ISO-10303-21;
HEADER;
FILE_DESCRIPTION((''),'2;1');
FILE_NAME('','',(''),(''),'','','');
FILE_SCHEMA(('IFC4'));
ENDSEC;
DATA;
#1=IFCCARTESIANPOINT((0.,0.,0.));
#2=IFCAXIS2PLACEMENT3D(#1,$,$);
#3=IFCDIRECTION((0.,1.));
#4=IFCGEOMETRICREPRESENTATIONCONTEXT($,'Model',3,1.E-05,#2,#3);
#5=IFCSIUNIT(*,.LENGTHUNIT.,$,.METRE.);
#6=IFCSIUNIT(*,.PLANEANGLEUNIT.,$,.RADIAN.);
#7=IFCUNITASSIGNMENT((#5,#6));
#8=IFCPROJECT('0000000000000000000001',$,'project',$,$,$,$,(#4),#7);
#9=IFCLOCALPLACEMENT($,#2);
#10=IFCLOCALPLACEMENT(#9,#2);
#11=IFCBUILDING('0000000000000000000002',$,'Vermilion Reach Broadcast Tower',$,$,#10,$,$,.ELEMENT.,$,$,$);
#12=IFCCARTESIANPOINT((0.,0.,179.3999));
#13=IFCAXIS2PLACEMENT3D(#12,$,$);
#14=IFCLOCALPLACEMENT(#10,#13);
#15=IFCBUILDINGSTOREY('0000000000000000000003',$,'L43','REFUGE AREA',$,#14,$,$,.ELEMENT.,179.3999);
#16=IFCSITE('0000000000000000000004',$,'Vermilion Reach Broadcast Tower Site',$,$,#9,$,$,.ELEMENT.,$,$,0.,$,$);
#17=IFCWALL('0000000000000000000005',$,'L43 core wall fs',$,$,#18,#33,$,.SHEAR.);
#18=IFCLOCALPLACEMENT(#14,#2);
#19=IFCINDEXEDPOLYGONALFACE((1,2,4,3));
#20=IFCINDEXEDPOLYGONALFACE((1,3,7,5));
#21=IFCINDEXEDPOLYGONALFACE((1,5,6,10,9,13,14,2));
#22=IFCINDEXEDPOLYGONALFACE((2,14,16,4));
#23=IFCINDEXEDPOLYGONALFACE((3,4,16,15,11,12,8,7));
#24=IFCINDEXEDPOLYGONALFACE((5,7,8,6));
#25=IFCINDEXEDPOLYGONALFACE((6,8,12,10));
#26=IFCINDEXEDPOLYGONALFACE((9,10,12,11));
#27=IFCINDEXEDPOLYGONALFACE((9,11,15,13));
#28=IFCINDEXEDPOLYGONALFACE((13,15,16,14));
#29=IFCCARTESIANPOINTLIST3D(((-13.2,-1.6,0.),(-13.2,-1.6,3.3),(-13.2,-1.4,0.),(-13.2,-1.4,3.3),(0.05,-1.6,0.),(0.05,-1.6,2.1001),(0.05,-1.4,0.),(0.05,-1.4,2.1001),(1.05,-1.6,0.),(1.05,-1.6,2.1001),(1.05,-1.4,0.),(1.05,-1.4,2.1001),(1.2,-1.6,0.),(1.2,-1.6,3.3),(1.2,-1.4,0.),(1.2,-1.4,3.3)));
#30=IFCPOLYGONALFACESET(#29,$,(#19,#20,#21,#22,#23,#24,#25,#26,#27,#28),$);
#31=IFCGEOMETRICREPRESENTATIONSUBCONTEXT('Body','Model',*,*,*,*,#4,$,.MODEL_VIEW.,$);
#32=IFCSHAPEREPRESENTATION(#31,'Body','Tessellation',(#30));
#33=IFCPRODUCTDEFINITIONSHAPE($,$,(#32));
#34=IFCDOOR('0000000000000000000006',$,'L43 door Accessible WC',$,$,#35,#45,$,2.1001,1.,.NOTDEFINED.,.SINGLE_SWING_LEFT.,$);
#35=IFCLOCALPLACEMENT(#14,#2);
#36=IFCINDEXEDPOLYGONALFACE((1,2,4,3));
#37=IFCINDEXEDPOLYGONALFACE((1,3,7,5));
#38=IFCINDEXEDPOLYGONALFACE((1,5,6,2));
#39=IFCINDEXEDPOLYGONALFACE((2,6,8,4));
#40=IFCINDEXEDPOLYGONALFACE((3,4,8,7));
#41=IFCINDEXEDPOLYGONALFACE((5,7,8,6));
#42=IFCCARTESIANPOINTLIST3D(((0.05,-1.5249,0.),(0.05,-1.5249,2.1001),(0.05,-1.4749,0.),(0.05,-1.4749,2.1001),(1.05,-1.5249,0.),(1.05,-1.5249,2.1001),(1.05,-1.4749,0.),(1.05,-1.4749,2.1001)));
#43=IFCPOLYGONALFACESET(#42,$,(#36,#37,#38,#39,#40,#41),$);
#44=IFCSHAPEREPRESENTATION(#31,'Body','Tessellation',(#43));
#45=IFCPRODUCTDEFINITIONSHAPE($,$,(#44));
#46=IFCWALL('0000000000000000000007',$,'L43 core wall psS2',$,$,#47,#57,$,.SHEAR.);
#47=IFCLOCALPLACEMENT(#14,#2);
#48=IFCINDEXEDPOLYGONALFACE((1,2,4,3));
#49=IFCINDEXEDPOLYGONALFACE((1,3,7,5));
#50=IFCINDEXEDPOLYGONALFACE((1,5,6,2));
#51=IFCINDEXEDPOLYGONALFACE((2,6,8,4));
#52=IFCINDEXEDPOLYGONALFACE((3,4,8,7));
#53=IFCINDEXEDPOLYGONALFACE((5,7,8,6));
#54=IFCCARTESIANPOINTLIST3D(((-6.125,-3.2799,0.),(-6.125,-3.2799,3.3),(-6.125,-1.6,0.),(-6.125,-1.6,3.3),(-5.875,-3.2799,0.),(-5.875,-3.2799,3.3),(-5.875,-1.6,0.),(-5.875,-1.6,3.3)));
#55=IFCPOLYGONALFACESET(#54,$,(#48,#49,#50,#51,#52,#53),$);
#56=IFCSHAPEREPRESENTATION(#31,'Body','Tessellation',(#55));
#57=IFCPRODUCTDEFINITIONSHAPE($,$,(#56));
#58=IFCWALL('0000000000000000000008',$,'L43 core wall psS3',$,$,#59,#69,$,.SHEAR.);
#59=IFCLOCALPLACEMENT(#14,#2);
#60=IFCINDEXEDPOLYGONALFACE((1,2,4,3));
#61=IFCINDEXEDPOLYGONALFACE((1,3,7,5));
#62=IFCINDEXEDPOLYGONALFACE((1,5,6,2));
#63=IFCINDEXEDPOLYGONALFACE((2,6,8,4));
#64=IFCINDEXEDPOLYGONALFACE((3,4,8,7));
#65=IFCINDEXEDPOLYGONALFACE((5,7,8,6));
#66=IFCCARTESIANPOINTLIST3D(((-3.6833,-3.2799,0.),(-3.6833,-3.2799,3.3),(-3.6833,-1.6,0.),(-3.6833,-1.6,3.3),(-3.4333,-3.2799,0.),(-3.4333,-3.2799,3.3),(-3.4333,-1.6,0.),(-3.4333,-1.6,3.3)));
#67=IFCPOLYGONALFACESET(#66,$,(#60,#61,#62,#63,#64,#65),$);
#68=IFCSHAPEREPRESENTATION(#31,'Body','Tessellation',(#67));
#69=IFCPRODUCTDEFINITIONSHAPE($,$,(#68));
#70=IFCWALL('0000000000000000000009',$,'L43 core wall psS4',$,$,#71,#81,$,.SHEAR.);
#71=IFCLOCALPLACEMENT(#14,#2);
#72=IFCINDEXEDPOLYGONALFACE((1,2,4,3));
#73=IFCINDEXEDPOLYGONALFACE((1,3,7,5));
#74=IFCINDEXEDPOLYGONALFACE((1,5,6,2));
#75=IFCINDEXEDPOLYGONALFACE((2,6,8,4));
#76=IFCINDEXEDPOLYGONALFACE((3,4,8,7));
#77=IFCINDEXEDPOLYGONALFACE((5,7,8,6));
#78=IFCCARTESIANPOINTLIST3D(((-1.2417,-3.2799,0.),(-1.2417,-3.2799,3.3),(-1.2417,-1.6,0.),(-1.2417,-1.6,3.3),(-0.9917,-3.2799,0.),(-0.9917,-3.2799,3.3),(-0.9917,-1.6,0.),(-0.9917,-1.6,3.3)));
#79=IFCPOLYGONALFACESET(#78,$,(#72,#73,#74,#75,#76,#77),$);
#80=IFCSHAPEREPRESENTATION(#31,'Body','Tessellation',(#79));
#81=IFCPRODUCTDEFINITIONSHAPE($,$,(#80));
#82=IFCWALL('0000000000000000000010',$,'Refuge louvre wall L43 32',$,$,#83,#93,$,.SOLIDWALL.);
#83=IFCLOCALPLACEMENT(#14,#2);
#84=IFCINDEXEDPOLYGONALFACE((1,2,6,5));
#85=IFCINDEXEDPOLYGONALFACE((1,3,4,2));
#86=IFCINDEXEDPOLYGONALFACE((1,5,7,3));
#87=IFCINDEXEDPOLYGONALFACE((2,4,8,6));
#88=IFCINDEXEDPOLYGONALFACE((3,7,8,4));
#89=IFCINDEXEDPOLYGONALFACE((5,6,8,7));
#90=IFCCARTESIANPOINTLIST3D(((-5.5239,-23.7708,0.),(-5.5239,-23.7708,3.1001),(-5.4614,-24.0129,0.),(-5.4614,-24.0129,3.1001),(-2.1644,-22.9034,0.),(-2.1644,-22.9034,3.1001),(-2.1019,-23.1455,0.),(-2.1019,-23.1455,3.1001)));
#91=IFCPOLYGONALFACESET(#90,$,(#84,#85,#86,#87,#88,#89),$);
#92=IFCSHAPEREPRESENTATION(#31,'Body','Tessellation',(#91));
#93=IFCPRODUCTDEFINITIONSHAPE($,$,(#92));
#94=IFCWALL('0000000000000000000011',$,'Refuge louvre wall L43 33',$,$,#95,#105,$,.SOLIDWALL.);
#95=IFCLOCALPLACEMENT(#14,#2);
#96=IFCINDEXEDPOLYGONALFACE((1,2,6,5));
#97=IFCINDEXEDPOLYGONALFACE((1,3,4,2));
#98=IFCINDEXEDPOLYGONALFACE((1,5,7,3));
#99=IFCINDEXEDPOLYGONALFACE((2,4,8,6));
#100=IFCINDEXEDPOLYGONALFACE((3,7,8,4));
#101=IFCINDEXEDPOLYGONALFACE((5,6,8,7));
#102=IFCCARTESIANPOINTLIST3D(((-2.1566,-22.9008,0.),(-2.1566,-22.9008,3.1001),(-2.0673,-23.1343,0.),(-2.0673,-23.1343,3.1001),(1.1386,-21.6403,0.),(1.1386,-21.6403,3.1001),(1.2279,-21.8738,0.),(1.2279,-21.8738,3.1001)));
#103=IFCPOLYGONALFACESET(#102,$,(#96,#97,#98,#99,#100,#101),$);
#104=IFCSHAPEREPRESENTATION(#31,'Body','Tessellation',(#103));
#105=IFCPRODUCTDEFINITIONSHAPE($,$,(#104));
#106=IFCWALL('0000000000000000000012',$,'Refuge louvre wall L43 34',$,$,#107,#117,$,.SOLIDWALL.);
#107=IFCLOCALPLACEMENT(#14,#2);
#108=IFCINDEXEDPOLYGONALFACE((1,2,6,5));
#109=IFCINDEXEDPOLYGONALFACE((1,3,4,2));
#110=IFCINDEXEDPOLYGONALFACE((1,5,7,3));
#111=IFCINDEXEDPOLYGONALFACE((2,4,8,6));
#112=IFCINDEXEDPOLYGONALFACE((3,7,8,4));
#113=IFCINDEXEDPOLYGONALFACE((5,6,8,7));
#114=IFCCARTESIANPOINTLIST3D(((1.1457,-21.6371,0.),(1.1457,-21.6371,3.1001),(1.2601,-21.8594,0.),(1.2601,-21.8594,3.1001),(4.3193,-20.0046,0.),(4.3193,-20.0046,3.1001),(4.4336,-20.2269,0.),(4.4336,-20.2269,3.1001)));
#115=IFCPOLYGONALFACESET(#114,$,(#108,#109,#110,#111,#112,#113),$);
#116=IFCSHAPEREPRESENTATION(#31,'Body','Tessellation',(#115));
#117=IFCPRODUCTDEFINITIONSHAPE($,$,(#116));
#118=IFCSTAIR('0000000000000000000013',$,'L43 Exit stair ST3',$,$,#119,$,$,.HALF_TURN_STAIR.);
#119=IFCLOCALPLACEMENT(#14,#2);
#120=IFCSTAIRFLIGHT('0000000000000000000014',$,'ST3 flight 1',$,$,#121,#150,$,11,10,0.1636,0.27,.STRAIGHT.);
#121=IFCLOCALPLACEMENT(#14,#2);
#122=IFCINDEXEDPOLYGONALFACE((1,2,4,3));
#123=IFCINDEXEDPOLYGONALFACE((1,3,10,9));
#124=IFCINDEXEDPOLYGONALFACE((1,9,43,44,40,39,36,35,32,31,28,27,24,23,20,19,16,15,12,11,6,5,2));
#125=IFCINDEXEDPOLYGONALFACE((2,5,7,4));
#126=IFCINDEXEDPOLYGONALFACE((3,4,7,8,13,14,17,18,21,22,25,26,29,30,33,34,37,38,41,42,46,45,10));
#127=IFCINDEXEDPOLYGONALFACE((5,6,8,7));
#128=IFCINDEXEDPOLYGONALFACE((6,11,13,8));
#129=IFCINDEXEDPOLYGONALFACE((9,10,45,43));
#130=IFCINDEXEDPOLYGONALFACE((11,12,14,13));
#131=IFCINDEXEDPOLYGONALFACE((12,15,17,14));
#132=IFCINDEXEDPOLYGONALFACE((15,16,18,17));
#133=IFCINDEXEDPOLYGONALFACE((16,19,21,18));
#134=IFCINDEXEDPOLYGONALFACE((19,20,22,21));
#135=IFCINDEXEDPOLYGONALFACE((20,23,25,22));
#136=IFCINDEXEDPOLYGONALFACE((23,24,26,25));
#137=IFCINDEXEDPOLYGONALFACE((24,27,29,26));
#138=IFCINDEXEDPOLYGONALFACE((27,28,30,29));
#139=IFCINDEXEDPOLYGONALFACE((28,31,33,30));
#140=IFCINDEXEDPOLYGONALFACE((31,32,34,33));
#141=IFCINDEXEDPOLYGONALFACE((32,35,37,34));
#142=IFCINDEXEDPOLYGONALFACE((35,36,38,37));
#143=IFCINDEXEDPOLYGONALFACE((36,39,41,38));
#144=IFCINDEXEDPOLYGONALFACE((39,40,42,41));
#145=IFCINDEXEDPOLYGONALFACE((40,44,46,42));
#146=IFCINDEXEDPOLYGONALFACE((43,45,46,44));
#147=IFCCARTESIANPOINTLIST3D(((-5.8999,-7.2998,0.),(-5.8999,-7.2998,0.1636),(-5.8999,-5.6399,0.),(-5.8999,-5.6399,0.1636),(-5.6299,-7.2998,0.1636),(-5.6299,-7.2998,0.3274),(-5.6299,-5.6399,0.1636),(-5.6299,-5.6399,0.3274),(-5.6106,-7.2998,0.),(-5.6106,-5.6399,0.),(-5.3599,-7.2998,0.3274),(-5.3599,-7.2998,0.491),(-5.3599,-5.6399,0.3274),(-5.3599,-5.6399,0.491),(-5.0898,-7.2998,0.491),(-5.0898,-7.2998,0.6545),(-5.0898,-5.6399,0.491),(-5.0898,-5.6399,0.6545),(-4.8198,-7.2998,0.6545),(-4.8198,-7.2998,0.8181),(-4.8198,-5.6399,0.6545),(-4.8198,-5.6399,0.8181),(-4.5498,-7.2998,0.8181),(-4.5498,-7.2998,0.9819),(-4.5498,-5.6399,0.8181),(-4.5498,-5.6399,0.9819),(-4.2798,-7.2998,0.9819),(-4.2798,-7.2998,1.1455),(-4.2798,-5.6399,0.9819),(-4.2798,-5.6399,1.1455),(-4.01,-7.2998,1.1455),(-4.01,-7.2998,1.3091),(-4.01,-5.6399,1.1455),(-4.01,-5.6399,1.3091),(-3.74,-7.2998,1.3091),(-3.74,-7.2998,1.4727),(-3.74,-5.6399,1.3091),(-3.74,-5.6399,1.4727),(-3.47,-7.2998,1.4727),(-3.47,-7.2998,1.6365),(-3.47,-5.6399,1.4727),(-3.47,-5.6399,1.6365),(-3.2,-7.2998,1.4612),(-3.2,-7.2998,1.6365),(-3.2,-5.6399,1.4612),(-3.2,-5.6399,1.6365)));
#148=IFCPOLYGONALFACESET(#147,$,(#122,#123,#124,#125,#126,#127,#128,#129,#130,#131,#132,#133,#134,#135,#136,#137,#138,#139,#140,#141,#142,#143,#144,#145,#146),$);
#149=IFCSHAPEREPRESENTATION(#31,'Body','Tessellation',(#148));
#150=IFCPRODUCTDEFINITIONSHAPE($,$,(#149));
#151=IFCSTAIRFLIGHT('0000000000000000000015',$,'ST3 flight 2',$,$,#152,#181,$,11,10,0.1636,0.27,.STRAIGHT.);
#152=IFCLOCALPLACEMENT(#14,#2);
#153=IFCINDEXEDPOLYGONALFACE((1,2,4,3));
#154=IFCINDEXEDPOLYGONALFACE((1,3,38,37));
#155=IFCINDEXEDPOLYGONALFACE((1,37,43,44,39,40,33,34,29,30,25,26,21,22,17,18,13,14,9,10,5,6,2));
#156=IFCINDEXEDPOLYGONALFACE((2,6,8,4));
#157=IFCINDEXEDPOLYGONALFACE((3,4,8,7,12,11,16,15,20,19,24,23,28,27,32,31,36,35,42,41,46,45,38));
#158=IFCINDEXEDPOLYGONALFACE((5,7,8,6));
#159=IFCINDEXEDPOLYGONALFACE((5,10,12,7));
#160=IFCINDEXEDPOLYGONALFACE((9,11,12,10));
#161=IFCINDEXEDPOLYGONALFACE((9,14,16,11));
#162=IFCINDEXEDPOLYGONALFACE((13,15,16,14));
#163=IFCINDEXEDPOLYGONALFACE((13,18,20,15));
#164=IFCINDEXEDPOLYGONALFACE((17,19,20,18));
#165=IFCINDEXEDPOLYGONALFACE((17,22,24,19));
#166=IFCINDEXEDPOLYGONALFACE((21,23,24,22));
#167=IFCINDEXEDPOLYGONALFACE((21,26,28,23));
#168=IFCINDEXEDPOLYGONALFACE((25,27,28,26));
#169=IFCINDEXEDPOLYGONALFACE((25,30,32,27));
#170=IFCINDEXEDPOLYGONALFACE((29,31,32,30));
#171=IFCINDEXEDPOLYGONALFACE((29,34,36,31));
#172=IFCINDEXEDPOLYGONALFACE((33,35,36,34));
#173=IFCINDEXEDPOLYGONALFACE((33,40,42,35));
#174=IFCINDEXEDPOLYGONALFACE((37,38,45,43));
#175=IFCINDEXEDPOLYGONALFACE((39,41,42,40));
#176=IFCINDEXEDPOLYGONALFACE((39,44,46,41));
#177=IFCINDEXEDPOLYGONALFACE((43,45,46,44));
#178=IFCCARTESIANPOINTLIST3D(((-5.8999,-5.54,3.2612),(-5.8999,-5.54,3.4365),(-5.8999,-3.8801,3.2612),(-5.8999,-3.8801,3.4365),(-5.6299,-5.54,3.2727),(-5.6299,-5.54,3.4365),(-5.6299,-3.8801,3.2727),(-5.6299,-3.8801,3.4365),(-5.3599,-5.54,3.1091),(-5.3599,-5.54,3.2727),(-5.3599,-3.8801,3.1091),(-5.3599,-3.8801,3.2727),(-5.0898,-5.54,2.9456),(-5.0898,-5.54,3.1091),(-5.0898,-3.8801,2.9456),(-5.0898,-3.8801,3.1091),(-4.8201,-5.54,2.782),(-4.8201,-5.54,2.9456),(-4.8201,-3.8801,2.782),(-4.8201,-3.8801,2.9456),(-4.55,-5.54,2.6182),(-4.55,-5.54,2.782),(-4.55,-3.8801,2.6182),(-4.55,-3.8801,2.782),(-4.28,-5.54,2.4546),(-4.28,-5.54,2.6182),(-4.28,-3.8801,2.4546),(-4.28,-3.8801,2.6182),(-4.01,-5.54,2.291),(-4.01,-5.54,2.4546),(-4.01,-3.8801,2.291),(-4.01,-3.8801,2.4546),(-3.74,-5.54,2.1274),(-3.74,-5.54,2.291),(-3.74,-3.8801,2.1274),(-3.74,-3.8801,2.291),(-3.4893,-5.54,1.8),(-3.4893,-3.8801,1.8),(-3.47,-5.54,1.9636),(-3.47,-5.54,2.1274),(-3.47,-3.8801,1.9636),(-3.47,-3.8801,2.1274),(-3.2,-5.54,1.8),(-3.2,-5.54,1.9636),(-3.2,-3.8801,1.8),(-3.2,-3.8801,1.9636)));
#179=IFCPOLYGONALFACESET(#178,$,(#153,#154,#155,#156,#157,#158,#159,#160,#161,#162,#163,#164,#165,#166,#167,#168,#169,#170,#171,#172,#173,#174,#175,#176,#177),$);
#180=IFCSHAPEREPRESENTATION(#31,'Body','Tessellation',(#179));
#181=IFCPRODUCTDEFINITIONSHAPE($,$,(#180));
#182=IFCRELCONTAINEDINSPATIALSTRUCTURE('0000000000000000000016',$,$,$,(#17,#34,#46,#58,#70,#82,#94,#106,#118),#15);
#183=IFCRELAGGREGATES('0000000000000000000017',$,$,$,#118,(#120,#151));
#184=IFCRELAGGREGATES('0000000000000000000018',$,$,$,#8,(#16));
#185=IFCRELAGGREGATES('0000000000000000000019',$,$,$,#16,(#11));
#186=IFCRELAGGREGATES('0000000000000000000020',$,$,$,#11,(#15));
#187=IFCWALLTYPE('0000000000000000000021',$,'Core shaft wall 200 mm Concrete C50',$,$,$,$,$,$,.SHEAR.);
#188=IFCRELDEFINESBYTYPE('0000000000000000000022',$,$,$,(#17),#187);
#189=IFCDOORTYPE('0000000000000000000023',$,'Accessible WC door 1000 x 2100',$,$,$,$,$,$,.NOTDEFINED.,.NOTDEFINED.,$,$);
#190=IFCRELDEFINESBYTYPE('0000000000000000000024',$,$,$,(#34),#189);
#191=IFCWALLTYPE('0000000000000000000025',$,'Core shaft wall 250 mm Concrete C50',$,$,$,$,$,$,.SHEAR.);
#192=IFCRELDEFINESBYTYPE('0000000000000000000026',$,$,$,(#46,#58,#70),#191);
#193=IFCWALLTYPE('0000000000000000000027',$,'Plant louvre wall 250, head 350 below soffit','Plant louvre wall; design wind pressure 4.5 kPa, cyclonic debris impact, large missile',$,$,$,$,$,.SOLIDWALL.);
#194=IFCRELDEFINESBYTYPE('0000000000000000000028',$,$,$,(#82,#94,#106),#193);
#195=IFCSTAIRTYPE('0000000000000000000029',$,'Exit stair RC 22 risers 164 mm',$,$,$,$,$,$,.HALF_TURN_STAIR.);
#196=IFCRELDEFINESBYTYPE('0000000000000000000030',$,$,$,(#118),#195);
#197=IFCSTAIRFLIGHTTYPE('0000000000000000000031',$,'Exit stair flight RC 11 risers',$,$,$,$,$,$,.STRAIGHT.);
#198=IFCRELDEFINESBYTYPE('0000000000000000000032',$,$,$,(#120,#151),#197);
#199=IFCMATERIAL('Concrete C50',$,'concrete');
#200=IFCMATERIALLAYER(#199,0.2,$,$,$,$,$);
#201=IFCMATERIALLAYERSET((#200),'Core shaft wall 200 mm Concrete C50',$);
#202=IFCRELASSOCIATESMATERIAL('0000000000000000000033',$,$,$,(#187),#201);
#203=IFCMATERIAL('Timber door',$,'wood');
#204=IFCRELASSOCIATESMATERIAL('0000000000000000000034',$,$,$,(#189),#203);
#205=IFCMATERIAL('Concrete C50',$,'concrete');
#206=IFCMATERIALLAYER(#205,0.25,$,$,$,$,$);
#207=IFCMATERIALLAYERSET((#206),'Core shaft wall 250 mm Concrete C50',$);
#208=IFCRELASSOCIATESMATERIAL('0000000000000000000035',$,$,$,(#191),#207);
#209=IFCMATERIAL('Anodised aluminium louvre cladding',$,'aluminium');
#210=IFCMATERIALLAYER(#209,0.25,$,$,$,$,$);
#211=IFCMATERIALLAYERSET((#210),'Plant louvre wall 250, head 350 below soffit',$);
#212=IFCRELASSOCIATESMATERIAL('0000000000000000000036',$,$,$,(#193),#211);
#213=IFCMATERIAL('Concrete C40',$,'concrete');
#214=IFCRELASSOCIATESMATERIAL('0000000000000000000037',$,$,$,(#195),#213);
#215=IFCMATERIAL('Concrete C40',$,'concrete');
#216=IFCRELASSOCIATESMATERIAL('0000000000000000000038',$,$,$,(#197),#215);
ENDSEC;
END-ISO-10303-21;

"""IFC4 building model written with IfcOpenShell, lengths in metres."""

from ifc_helpers import new_model, si_unit, direction, frame, frame_2d, origin, place, context, subcontext, project, spatial, polyline, rectangle, outline, extrude, material, layer, layer_set, type_object, element, fill, aggregate, save


model = new_model("IFC4")

# Units and contexts
model_context = context("Model", 3, precision=1e-05, world=origin(), true_north=direction((0.0, 1.0)))
body_context = subcontext(model_context, "Body", "Model", "MODEL_VIEW")
ifc_project = project(units=[si_unit("LENGTHUNIT", "METRE"), si_unit("PLANEANGLEUNIT", "RADIAN")], contexts=[model_context])

# Site, building, storey
site_placement = place(None, origin())
site = spatial("IfcSite", under=ifc_project, at=site_placement, Name="Vermilion Reach Broadcast Tower Site", CompositionType="ELEMENT", RefElevation=0.0)
building_placement = place(site_placement, origin())
building = spatial("IfcBuilding", under=site, at=building_placement, Name="Vermilion Reach Broadcast Tower", CompositionType="ELEMENT")
storey_placement = place(building_placement, frame((0.0, 0.0, 179.3999)))
storey = spatial("IfcBuildingStorey", under=building, at=storey_placement, Name="L43", Description="REFUGE AREA", CompositionType="ELEMENT", Elevation=179.3999)

# Wall, opening, door
ifc_material_1 = material(Name="Concrete C50", Category="concrete")
ifc_layer_1 = layer(ifc_material_1, 0.2)
ifc_layer_set_1 = layer_set([ifc_layer_1], Name="Core shaft wall 200 mm Concrete C50")
wall_type_1 = type_object("IfcWallType", Name="Core shaft wall 200 mm Concrete C50", PredefinedType="SHEAR", material=ifc_layer_set_1)
wall_1_placement = place(storey_placement, frame((1.2, -1.5, 0.0), z_axis=(0.0, 0.0, 1.0), x_axis=(-1.0, 0.0, 0.0)))
wall_1 = element("IfcWall", 1, at=wall_1_placement, inside=storey, type_object=wall_type_1, Name="L43 core wall fs", PredefinedType="SHEAR", context=body_context, shape_type="SweptSolid", body=[
    extrude(rectangle(XDim=14.3999, YDim=0.2, at=frame_2d((7.2, 0.0))), origin(), (0.0, 0.0, 1.0), 3.3),
])
opening_1_placement = place(wall_1_placement, frame((0.1499, 0.0, 0.0)))
opening_1 = element("IfcOpeningElement", 2, at=opening_1_placement, cuts=wall_1, PredefinedType="OPENING", context=body_context, shape_type="SweptSolid", body=[
    extrude(rectangle(XDim=1.0, YDim=2.1001, at=frame_2d((0.5, 1.05))), frame((0.0, 0.1099, 0.0), z_axis=(0.0, -1.0, 0.0), x_axis=(1.0, 0.0, 0.0)), (0.0, 0.0, 1.0), 0.22),
])
ifc_material_2 = material(Name="Timber door", Category="wood")
door_type_1 = type_object("IfcDoorType", Name="Accessible WC door 1000 x 2100", OperationType="NOTDEFINED", PredefinedType="NOTDEFINED", material=ifc_material_2)
door_1_placement = place(opening_1_placement, origin())
door_1 = element("IfcDoor", 3, at=door_1_placement, inside=storey, type_object=door_type_1, Name="L43 door Accessible WC", OperationType="SINGLE_SWING_LEFT", OverallHeight=2.1001, OverallWidth=1.0, PredefinedType="NOTDEFINED", context=body_context, shape_type="SweptSolid", body=[
    extrude(rectangle(XDim=1.0, YDim=2.1001, at=frame_2d((0.5, 1.05))), frame((0.0, 0.0249, 0.0), z_axis=(0.0, -1.0, 0.0), x_axis=(1.0, 0.0, 0.0)), (0.0, 0.0, 1.0), 0.05),
])
fill(opening_1, door_1)

# Walls
ifc_material_3 = material(Name="Concrete C50", Category="concrete")
ifc_layer_2 = layer(ifc_material_3, 0.25)
ifc_layer_set_2 = layer_set([ifc_layer_2], Name="Core shaft wall 250 mm Concrete C50")
wall_type_2 = type_object("IfcWallType", Name="Core shaft wall 250 mm Concrete C50", PredefinedType="SHEAR", material=ifc_layer_set_2)
for number, where, z_axis, x_axis, name in (
    (4, (-6.0, -1.6001, 0.0), (0.0, 0.0, 1.0), (0.0, -1.0, 0.0), "L43 core wall psS2"),
    (5, (-3.5583, -1.6001, 0.0), (0.0, 0.0, 1.0), (0.0, -1.0, 0.0), "L43 core wall psS3"),
    (6, (-1.1167, -1.6001, 0.0), (0.0, 0.0, 1.0), (0.0, -1.0, 0.0), "L43 core wall psS4"),
):
    element("IfcWall", number, at=place(storey_placement, frame(where, z_axis=z_axis, x_axis=x_axis)), inside=storey, type_object=wall_type_2, Name=name, PredefinedType="SHEAR", context=body_context, shape_type="SweptSolid", body=[
        extrude(rectangle(XDim=1.6799, YDim=0.25, at=frame_2d((0.8398, 0.0))), origin(), (0.0, 0.0, 1.0), 3.3),
    ])
ifc_material_4 = material(Name="Anodised aluminium louvre cladding", Category="aluminium")
ifc_layer_3 = layer(ifc_material_4, 0.25)
ifc_layer_set_3 = layer_set([ifc_layer_3], Name="Plant louvre wall 250, head 350 below soffit")
wall_type_3 = type_object("IfcWallType", Name="Plant louvre wall 250, head 350 below soffit", Description="Plant louvre wall; design wind pressure 4.5 kPa, cyclonic debris impact, large missile", PredefinedType="SOLIDWALL", material=ifc_layer_set_3)
wall_2_placement = place(storey_placement, frame((-5.4927, -23.8918, 0.0), z_axis=(0.0, 0.0, 1.0), x_axis=(0.968247, 0.249995, 0.0)))
element("IfcWall", 7, at=wall_2_placement, inside=storey, type_object=wall_type_3, Name="Refuge louvre wall L43 32", PredefinedType="SOLIDWALL", context=body_context, shape_type="SweptSolid", body=[
    extrude(rectangle(XDim=3.4697, YDim=0.25, at=frame_2d((1.7349, 0.0))), origin(), (0.0, 0.0, 1.0), 3.1001),
])
wall_3_placement = place(storey_placement, frame((-2.1121, -23.0176, 0.0), z_axis=(0.0, 0.0, 1.0), x_axis=(0.933997, 0.357281, 0.0)))
element("IfcWall", 8, at=wall_3_placement, inside=storey, type_object=wall_type_3, Name="Refuge louvre wall L43 33", PredefinedType="SOLIDWALL", context=body_context, shape_type="SweptSolid", body=[
    extrude(rectangle(XDim=3.5281, YDim=0.25, at=frame_2d((1.7642, 0.0))), origin(), (0.0, 0.0, 1.0), 3.1001),
])
wall_4_placement = place(storey_placement, frame((1.2029, -21.7483, 0.0), z_axis=(0.0, 0.0, 1.0), x_axis=(0.889238, 0.457445, 0.0)))
element("IfcWall", 9, at=wall_4_placement, inside=storey, type_object=wall_type_3, Name="Refuge louvre wall L43 34", PredefinedType="SOLIDWALL", context=body_context, shape_type="SweptSolid", body=[
    extrude(rectangle(XDim=3.5688, YDim=0.25, at=frame_2d((1.7844, 0.0))), origin(), (0.0, 0.0, 1.0), 3.1001),
])

# Stair, stair flights
ifc_material_5 = material(Name="Concrete C40", Category="concrete")
stair_type = type_object("IfcStairType", Name="Exit stair RC 22 risers 164 mm", PredefinedType="HALF_TURN_STAIR", material=ifc_material_5)
stair_placement = place(storey_placement, origin())
stair = element("IfcStair", 10, at=stair_placement, inside=storey, type_object=stair_type, Name="L43 Exit stair ST3", PredefinedType="HALF_TURN_STAIR")
ifc_material_6 = material(Name="Concrete C40", Category="concrete")
stair_flight_type = type_object("IfcStairFlightType", Name="Exit stair flight RC 11 risers", PredefinedType="STRAIGHT", material=ifc_material_6)
stair_flight_1_placement = place(storey_placement, frame((-5.8999, -6.47, 0.0), z_axis=(0.0, 0.0, 1.0), x_axis=(1.0, 0.0, 0.0)))
stair_flight_1 = element("IfcStairFlight", 11, at=stair_flight_1_placement, type_object=stair_flight_type, Name="ST3 flight 1", NumberOfRisers=11, NumberOfTreads=10, PredefinedType="STRAIGHT", RiserHeight=0.1636, TreadLength=0.27, context=body_context, shape_type="SweptSolid", body=[
    extrude(outline(polyline([(0.0, 0.0), (0.0, 0.1636), (0.27, 0.1636), (0.27, 0.3274), (0.54, 0.3274), (0.54, 0.491), (0.8101, 0.491), (0.8101, 0.6545), (1.0801, 0.6545), (1.0801, 0.8181), (1.3501, 0.8181), (1.3501, 0.9819), (1.6201, 0.9819), (1.6201, 1.1455), (1.8899, 1.1455), (1.8899, 1.3091), (2.1599, 1.3091), (2.1599, 1.4727), (2.4299, 1.4727), (2.4299, 1.6365), (2.7, 1.6365), (2.7, 1.8), (2.7, 1.4612), (0.2893, 0.0), (0.0, 0.0)])), frame((0.0, 0.8301, 0.0), z_axis=(0.0, -1.0, 0.0), x_axis=(1.0, 0.0, 0.0)), (0.0, 0.0, 1.0), 1.6599),
])
stair_flight_2_placement = place(storey_placement, frame((-3.2, -4.71, 1.8), z_axis=(0.0, 0.0, 1.0), x_axis=(-1.0, 0.0, 0.0)))
stair_flight_2 = element("IfcStairFlight", 12, at=stair_flight_2_placement, type_object=stair_flight_type, Name="ST3 flight 2", NumberOfRisers=11, NumberOfTreads=10, PredefinedType="STRAIGHT", RiserHeight=0.1636, TreadLength=0.27, context=body_context, shape_type="SweptSolid", body=[
    extrude(outline(polyline([(0.0, 0.0), (0.0, 0.1636), (0.27, 0.1636), (0.27, 0.3274), (0.54, 0.3274), (0.54, 0.491), (0.8101, 0.491), (0.8101, 0.6545), (1.0801, 0.6545), (1.0801, 0.8181), (1.3501, 0.8181), (1.3501, 0.9819), (1.6201, 0.9819), (1.6201, 1.1455), (1.8899, 1.1455), (1.8899, 1.3091), (2.1599, 1.3091), (2.1599, 1.4727), (2.4299, 1.4727), (2.4299, 1.6365), (2.7, 1.6365), (2.7, 1.8), (2.7, 1.4612), (0.2893, 0.0), (0.0, 0.0)])), frame((0.0, 0.8301, 0.0), z_axis=(0.0, -1.0, 0.0), x_axis=(1.0, 0.0, 0.0)), (0.0, 0.0, 1.0), 1.6599),
])
aggregate(stair, [stair_flight_1, stair_flight_2])

save(model, "model.ifc")
